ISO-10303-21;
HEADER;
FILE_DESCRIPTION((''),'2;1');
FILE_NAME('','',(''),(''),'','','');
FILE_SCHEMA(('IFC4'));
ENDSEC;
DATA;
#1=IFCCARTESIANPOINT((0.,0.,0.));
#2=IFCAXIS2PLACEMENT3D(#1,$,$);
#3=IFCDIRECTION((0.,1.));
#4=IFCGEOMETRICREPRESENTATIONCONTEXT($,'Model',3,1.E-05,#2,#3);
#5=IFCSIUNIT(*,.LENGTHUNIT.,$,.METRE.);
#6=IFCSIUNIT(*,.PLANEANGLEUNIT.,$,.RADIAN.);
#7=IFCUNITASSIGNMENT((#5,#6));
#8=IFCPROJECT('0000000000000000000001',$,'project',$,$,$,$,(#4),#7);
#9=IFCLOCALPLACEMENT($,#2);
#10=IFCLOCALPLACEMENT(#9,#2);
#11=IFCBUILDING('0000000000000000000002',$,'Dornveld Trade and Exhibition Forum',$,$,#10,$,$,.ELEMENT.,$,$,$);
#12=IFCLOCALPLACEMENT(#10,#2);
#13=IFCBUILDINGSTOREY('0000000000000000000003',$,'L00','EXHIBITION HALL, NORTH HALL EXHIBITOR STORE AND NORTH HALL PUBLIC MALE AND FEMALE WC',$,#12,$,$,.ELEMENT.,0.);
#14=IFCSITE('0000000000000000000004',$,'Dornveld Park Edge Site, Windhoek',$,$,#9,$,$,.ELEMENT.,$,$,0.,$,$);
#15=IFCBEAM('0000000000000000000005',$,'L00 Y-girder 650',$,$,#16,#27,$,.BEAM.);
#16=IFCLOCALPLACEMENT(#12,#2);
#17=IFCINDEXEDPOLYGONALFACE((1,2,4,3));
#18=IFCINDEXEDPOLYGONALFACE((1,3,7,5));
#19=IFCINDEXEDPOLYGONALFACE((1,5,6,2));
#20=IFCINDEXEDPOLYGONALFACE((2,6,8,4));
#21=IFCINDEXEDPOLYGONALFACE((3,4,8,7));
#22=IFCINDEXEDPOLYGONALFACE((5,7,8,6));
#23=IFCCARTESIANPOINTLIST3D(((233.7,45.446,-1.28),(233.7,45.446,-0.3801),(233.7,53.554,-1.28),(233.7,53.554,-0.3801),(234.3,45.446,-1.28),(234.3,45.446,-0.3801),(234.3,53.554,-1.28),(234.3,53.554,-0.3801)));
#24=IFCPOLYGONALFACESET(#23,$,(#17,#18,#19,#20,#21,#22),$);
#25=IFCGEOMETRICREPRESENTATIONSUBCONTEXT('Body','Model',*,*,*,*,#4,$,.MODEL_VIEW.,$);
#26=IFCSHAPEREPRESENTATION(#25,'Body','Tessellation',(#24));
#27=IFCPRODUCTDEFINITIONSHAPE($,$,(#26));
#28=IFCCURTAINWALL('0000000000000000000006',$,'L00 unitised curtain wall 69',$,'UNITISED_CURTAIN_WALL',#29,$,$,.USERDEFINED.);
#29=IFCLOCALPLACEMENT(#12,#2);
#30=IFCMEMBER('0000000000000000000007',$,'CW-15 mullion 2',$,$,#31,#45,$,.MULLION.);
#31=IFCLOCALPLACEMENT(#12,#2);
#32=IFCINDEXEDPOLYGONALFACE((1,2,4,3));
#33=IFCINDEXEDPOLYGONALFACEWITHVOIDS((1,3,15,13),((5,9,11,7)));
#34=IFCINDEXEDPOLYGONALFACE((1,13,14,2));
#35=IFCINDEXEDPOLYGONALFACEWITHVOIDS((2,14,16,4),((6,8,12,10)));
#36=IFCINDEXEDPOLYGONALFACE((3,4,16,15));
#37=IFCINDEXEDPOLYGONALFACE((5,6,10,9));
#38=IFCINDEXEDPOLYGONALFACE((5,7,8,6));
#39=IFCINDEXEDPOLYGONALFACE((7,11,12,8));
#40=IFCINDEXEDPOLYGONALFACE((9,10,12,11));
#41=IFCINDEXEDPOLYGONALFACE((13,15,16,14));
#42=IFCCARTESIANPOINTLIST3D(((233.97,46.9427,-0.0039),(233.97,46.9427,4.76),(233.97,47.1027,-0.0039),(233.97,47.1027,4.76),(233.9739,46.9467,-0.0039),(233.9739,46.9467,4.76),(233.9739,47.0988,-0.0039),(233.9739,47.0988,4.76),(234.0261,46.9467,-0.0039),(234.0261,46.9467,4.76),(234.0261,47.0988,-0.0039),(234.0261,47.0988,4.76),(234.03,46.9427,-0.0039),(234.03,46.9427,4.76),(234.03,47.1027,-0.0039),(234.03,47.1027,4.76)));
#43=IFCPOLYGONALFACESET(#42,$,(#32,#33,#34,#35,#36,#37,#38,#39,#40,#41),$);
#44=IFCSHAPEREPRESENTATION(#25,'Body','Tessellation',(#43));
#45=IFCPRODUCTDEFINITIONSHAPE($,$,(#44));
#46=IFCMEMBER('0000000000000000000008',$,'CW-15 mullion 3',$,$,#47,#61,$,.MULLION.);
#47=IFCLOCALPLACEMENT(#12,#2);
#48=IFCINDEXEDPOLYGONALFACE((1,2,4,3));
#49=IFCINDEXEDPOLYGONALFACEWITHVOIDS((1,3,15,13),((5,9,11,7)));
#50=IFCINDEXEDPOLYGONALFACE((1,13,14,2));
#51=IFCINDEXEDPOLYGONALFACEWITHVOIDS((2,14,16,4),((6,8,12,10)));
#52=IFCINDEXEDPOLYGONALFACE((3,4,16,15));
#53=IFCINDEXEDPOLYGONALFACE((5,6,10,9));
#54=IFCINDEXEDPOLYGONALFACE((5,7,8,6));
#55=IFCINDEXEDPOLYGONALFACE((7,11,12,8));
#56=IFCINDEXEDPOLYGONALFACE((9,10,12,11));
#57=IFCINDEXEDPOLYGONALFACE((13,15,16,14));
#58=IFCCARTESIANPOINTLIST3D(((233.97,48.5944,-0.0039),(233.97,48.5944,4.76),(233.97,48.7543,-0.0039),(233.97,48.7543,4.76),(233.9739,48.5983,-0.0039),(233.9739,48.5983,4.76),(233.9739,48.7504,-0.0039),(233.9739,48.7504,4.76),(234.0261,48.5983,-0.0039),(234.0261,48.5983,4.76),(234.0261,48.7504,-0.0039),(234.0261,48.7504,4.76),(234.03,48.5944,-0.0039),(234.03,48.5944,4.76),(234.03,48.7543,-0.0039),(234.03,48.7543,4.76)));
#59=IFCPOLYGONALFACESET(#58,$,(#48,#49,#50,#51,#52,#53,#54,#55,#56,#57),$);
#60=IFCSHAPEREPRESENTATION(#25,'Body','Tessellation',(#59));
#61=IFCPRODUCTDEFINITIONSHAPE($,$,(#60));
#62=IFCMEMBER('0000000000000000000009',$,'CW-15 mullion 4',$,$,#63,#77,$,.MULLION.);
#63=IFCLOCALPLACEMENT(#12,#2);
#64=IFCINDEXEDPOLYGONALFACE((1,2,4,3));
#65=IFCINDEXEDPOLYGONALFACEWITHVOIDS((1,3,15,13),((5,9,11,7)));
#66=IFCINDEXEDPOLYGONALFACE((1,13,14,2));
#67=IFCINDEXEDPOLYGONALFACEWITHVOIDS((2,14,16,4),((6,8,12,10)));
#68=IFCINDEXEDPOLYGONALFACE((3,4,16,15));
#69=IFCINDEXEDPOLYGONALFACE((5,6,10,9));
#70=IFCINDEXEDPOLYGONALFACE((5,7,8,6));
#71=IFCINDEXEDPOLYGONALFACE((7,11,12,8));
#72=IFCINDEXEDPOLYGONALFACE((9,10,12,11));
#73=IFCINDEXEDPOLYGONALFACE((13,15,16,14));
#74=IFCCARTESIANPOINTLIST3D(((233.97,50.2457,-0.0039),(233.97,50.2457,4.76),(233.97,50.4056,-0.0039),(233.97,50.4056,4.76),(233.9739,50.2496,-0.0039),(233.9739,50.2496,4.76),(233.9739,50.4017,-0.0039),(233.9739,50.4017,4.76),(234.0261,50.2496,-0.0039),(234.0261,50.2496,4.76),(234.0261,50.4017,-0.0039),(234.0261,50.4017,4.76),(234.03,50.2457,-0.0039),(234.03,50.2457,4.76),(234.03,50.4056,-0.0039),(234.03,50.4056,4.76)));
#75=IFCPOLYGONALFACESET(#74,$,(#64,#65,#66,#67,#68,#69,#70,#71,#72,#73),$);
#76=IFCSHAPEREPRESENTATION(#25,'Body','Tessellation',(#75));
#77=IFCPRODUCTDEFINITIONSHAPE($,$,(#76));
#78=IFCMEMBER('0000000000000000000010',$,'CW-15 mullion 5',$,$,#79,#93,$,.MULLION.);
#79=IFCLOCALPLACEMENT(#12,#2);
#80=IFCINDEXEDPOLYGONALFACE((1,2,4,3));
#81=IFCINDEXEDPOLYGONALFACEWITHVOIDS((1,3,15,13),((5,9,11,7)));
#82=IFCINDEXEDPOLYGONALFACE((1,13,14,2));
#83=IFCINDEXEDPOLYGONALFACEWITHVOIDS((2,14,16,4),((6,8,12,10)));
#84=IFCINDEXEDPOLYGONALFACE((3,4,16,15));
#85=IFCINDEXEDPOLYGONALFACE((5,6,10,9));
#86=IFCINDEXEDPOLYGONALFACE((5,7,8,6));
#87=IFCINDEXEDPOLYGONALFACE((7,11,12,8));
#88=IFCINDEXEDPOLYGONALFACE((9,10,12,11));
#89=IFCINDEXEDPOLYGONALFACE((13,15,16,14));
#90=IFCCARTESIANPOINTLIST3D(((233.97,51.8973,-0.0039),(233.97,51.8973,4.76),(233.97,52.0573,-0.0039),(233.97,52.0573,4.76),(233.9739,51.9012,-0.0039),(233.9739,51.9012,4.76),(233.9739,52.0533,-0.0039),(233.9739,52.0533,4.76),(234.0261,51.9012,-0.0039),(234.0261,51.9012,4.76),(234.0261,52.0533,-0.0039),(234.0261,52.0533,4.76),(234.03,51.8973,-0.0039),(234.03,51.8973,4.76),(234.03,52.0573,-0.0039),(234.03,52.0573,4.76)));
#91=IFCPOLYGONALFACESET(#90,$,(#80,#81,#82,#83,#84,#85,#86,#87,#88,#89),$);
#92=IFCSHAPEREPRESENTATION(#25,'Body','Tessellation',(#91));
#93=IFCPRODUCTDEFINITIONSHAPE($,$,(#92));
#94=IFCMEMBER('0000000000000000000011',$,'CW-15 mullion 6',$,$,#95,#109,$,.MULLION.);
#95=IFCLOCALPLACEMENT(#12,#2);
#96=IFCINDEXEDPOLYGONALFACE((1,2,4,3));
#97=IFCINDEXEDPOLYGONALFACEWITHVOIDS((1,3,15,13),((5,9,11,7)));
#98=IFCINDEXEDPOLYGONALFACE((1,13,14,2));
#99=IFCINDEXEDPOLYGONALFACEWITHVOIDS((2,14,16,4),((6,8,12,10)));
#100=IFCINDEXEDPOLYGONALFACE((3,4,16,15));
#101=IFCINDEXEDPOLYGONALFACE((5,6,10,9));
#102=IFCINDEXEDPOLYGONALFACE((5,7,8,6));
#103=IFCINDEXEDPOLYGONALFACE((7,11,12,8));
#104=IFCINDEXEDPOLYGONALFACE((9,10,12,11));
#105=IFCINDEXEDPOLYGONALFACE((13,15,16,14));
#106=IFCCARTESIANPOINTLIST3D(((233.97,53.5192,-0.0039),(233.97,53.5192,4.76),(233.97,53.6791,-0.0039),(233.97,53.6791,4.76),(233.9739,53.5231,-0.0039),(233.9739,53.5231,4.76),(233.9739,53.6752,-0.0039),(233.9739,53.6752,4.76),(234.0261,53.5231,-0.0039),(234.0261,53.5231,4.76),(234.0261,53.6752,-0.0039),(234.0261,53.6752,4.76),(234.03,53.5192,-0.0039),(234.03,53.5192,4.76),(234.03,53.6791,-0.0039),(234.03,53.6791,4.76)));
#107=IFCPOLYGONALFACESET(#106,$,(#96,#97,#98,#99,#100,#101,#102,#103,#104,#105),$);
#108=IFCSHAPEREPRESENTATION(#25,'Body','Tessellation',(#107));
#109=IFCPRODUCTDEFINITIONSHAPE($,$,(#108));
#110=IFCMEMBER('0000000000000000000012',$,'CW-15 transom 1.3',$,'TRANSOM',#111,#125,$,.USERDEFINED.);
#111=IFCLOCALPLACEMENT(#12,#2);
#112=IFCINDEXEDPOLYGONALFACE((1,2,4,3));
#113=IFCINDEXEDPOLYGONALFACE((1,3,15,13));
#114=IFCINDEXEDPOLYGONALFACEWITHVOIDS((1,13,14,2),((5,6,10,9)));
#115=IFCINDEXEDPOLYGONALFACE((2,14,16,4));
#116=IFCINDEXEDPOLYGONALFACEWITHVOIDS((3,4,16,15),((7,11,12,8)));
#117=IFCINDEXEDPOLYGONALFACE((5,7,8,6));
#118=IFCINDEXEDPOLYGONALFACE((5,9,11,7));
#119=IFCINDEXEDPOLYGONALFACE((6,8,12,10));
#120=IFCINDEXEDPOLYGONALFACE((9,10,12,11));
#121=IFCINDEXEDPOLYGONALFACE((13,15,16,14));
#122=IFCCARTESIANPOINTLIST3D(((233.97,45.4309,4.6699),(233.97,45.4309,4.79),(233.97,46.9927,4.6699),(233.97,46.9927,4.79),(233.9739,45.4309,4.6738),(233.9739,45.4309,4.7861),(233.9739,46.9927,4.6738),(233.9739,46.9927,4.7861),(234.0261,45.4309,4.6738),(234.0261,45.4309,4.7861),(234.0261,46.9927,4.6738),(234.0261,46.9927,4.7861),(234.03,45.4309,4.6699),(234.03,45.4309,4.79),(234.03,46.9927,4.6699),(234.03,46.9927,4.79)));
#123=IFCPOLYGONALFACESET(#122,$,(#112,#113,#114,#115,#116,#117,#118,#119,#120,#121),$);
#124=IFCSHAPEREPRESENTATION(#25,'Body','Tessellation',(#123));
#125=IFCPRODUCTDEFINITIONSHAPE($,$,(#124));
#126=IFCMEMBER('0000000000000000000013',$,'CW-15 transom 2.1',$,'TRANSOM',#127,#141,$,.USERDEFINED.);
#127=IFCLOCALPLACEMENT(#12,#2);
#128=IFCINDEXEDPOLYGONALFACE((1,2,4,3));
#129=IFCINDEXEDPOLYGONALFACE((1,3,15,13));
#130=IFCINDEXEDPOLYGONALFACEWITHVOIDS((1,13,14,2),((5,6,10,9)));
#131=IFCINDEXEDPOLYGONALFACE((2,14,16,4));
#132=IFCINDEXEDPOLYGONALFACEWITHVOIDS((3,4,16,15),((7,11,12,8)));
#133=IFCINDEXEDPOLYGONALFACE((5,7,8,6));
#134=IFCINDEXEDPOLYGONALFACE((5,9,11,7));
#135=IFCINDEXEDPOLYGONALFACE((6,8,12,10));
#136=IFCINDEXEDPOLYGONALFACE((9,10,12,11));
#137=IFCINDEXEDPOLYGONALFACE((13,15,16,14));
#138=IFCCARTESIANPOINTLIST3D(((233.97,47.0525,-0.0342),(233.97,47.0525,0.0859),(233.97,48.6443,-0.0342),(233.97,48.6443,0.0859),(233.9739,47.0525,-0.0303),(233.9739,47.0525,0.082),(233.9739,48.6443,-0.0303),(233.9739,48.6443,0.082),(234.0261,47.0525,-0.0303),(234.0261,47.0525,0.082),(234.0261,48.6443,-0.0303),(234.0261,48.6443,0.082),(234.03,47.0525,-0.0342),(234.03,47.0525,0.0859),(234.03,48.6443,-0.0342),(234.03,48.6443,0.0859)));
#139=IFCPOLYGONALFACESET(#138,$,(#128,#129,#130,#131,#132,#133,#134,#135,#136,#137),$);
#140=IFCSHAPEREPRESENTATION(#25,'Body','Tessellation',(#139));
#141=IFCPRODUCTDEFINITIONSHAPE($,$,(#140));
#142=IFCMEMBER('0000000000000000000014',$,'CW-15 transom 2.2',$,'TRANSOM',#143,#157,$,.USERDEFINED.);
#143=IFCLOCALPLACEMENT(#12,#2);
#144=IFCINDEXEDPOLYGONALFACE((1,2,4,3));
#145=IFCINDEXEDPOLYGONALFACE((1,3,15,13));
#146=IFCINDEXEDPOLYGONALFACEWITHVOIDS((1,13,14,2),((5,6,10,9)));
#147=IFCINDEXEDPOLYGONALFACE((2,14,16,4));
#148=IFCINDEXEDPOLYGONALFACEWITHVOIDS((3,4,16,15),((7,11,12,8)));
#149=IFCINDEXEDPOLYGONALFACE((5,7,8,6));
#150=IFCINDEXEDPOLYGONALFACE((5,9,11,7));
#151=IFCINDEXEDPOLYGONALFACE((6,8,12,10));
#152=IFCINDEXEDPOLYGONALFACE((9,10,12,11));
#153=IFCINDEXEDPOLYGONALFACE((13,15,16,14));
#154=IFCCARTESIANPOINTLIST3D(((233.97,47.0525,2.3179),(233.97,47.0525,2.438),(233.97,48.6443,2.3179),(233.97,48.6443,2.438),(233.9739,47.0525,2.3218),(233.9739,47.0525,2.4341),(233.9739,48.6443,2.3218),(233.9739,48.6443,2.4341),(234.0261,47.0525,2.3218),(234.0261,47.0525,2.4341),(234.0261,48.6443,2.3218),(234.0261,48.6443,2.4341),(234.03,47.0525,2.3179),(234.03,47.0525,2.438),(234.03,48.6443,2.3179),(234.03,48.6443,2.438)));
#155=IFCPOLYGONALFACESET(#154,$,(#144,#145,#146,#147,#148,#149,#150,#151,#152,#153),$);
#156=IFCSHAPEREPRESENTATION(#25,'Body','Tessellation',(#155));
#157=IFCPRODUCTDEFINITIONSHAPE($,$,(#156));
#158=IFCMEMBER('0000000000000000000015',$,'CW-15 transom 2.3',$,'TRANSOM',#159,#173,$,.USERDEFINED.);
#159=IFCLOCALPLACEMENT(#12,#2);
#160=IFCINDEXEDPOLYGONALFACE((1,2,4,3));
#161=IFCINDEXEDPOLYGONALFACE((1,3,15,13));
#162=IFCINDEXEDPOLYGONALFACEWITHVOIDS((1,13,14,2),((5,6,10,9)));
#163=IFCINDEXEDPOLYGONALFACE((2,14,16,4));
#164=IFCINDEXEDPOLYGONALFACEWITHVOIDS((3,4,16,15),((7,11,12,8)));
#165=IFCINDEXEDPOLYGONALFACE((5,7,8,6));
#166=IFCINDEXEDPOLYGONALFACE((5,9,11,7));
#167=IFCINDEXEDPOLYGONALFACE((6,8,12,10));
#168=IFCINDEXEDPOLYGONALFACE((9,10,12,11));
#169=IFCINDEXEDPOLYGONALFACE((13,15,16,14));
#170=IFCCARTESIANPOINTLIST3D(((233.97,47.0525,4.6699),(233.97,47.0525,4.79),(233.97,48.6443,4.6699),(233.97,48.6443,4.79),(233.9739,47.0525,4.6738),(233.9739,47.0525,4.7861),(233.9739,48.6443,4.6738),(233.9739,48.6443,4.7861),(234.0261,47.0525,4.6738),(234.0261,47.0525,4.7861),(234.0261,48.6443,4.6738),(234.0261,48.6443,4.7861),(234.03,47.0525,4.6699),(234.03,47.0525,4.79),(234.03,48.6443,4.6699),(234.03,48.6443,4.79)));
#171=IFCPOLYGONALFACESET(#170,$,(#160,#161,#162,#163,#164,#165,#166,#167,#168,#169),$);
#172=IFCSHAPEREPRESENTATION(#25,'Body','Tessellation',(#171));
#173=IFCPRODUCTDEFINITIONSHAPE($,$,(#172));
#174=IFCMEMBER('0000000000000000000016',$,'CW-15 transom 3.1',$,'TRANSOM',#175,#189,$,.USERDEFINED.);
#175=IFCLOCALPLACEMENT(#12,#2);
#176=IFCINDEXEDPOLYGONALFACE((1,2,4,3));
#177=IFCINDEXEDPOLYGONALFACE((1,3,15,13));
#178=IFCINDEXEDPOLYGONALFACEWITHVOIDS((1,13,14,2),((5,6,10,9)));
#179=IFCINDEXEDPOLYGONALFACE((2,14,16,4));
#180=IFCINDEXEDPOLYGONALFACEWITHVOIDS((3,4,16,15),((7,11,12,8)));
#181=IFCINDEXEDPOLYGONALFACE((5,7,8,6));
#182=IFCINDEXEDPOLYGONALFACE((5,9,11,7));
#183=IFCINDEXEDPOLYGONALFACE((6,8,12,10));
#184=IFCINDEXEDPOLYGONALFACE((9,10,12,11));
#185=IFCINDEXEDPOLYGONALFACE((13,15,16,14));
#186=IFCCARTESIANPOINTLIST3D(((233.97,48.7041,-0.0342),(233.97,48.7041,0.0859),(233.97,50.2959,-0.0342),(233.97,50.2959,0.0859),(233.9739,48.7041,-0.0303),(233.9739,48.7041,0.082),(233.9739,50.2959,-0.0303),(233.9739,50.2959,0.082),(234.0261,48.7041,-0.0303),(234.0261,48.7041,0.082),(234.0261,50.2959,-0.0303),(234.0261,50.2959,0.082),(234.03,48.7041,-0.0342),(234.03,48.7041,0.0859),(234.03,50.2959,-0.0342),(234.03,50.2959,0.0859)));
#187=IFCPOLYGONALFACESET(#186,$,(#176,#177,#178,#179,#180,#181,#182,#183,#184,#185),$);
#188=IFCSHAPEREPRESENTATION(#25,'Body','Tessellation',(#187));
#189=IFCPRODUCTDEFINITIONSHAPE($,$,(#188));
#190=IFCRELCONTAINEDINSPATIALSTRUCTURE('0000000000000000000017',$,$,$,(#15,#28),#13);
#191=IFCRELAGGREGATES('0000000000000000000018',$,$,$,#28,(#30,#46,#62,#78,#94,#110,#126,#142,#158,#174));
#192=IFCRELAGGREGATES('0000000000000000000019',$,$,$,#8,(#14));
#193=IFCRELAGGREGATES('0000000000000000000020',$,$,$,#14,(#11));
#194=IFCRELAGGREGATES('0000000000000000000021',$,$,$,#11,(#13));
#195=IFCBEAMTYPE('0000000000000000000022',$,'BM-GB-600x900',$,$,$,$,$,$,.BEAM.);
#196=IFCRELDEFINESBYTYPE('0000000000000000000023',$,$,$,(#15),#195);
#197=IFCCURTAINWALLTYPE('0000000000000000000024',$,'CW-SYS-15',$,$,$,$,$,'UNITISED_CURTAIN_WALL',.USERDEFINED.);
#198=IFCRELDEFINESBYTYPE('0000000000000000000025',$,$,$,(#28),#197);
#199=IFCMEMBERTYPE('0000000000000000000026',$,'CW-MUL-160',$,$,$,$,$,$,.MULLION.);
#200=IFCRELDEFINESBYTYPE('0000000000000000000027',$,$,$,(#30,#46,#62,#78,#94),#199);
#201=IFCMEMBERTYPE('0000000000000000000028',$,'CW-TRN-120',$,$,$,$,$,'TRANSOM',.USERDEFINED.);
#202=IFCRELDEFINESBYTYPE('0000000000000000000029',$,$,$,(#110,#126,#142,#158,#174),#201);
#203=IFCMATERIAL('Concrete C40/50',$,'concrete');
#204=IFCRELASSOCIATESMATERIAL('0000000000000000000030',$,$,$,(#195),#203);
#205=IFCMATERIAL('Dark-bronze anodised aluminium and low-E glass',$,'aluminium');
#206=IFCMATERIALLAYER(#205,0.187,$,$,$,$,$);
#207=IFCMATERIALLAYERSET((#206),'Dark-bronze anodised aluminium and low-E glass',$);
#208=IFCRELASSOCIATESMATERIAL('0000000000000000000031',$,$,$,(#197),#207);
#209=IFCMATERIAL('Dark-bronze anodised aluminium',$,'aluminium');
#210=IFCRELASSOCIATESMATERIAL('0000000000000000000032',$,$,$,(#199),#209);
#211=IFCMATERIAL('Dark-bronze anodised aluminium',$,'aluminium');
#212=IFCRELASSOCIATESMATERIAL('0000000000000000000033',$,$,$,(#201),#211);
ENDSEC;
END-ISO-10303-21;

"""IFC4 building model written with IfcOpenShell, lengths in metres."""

from ifc_helpers import new_model, si_unit, direction, frame, origin, origin_2d, place, context, subcontext, project, spatial, rectangle, hollow_rectangle, extrude, material, layer, layer_set, material_profile, profile_set, type_object, element, aggregate, save


model = new_model("IFC4")

# Units and contexts
model_context = context("Model", 3, precision=1e-05, world=origin(), true_north=direction((0.0, 1.0)))
body_context = subcontext(model_context, "Body", "Model", "MODEL_VIEW")
ifc_project = project(units=[si_unit("LENGTHUNIT", "METRE"), si_unit("PLANEANGLEUNIT", "RADIAN")], contexts=[model_context])

# Site, building, storey
site_placement = place(None, origin())
site = spatial("IfcSite", under=ifc_project, at=site_placement, Name="Dornveld Park Edge Site, Windhoek", CompositionType="ELEMENT", RefElevation=0.0)
building_placement = place(site_placement, origin())
building = spatial("IfcBuilding", under=site, at=building_placement, Name="Dornveld Trade and Exhibition Forum", CompositionType="ELEMENT")
storey_placement = place(building_placement, origin())
storey = spatial("IfcBuildingStorey", under=building, at=storey_placement, Name="L00", Description="EXHIBITION HALL, NORTH HALL EXHIBITOR STORE AND NORTH HALL PUBLIC MALE AND FEMALE WC", CompositionType="ELEMENT", Elevation=0.0)

# Beam
ifc_material_1 = material(Name="Concrete C40/50", Category="concrete")
ifc_material_profile_1 = material_profile(ifc_material_1, rectangle(XDim=0.6001, YDim=0.8999, at=origin_2d()), Name="RC-GB 600x900")
ifc_profile_set_1 = profile_set([ifc_material_profile_1], Name="Concrete C40/50")
beam_type = type_object("IfcBeamType", Name="BM-GB-600x900", PredefinedType="BEAM", material=ifc_profile_set_1)
beam_placement = place(storey_placement, frame((234.0, 45.446, -0.8301), z_axis=(0.0, 1.0, 0.0), x_axis=(-1.0, 0.0, 0.0)))
element("IfcBeam", 1, at=beam_placement, inside=storey, type_object=beam_type, Name="L00 Y-girder 650", PredefinedType="BEAM", context=body_context, shape_type="SweptSolid", body=[
    extrude(rectangle(XDim=0.6001, YDim=0.8999, at=origin_2d()), origin(), (0.0, 0.0, 1.0), 8.1079),
])

# Curtain wall, members
ifc_material_2 = material(Name="Dark-bronze anodised aluminium and low-E glass", Category="aluminium")
ifc_layer_1 = layer(ifc_material_2, 0.187)
ifc_layer_set_1 = layer_set([ifc_layer_1], Name="Dark-bronze anodised aluminium and low-E glass")
curtain_wall_type = type_object("IfcCurtainWallType", Name="CW-SYS-15", ElementType="UNITISED_CURTAIN_WALL", PredefinedType="USERDEFINED", material=ifc_layer_set_1)
curtain_wall_placement = place(storey_placement, origin())
curtain_wall = element("IfcCurtainWall", 2, at=curtain_wall_placement, inside=storey, type_object=curtain_wall_type, Name="L00 unitised curtain wall 69", ObjectType="UNITISED_CURTAIN_WALL", PredefinedType="USERDEFINED")
ifc_material_3 = material(Name="Dark-bronze anodised aluminium", Category="aluminium")
ifc_material_profile_2 = material_profile(ifc_material_3, hollow_rectangle(XDim=0.0601, YDim=0.1599, WallThickness=0.0039, at=origin_2d()), Name="RHS 160x60x4")
ifc_profile_set_2 = profile_set([ifc_material_profile_2], Name="Dark-bronze anodised aluminium")
member_type_1 = type_object("IfcMemberType", Name="CW-MUL-160", PredefinedType="MULLION", material=ifc_profile_set_2)
member_1_placement = place(storey_placement, frame((234.0, 47.0227, -0.0039), z_axis=(0.0, 0.0, 1.0), x_axis=(-1.0, 0.0, 0.0)))
member_1 = element("IfcMember", 3, at=member_1_placement, type_object=member_type_1, Name="CW-15 mullion 2", PredefinedType="MULLION", context=body_context, shape_type="SweptSolid", body=[
    extrude(hollow_rectangle(XDim=0.0601, YDim=0.1599, WallThickness=0.0039, at=origin_2d()), origin(), (0.0, 0.0, 1.0), 4.7639),
])
member_2_placement = place(storey_placement, frame((234.0, 48.6743, -0.0039), z_axis=(0.0, 0.0, 1.0), x_axis=(-1.0, 0.0, 0.0)))
member_2 = element("IfcMember", 4, at=member_2_placement, type_object=member_type_1, Name="CW-15 mullion 3", PredefinedType="MULLION", context=body_context, shape_type="SweptSolid", body=[
    extrude(hollow_rectangle(XDim=0.0601, YDim=0.1599, WallThickness=0.0039, at=origin_2d()), origin(), (0.0, 0.0, 1.0), 4.7639),
])
member_3_placement = place(storey_placement, frame((234.0, 50.3257, -0.0039), z_axis=(0.0, 0.0, 1.0), x_axis=(-1.0, 0.0, 0.0)))
member_3 = element("IfcMember", 5, at=member_3_placement, type_object=member_type_1, Name="CW-15 mullion 4", PredefinedType="MULLION", context=body_context, shape_type="SweptSolid", body=[
    extrude(hollow_rectangle(XDim=0.0601, YDim=0.1599, WallThickness=0.0039, at=origin_2d()), origin(), (0.0, 0.0, 1.0), 4.7639),
])
member_4_placement = place(storey_placement, frame((234.0, 51.9773, -0.0039), z_axis=(0.0, 0.0, 1.0), x_axis=(-1.0, 0.0, 0.0)))
member_4 = element("IfcMember", 6, at=member_4_placement, type_object=member_type_1, Name="CW-15 mullion 5", PredefinedType="MULLION", context=body_context, shape_type="SweptSolid", body=[
    extrude(hollow_rectangle(XDim=0.0601, YDim=0.1599, WallThickness=0.0039, at=origin_2d()), origin(), (0.0, 0.0, 1.0), 4.7639),
])
member_5_placement = place(storey_placement, frame((234.0, 53.5991, -0.0039), z_axis=(0.0, 0.0, 1.0), x_axis=(-1.0, 0.0, 0.0)))
member_5 = element("IfcMember", 7, at=member_5_placement, type_object=member_type_1, Name="CW-15 mullion 6", PredefinedType="MULLION", context=body_context, shape_type="SweptSolid", body=[
    extrude(hollow_rectangle(XDim=0.0601, YDim=0.1599, WallThickness=0.0039, at=origin_2d()), origin(), (0.0, 0.0, 1.0), 4.7639),
])
ifc_material_4 = material(Name="Dark-bronze anodised aluminium", Category="aluminium")
ifc_material_profile_3 = material_profile(ifc_material_4, hollow_rectangle(XDim=0.0601, YDim=0.1201, WallThickness=0.0039, at=origin_2d()), Name="RHS 120x60x4")
ifc_profile_set_3 = profile_set([ifc_material_profile_3], Name="Dark-bronze anodised aluminium")
member_type_2 = type_object("IfcMemberType", Name="CW-TRN-120", ElementType="TRANSOM", PredefinedType="USERDEFINED", material=ifc_profile_set_3)
member_6_placement = place(storey_placement, frame((234.0, 45.4309, 4.73), z_axis=(0.0, 1.0, 0.0), x_axis=(-1.0, 0.0, 0.0)))
member_6 = element("IfcMember", 8, at=member_6_placement, type_object=member_type_2, Name="CW-15 transom 1.3", ObjectType="TRANSOM", PredefinedType="USERDEFINED", context=body_context, shape_type="SweptSolid", body=[
    extrude(hollow_rectangle(XDim=0.0601, YDim=0.1201, WallThickness=0.0039, at=origin_2d()), origin(), (0.0, 0.0, 1.0), 1.5618),
])
member_7_placement = place(storey_placement, frame((234.0, 47.0525, 0.0259), z_axis=(0.0, 1.0, 0.0), x_axis=(-1.0, 0.0, 0.0)))
member_7 = element("IfcMember", 9, at=member_7_placement, type_object=member_type_2, Name="CW-15 transom 2.1", ObjectType="TRANSOM", PredefinedType="USERDEFINED", context=body_context, shape_type="SweptSolid", body=[
    extrude(hollow_rectangle(XDim=0.0601, YDim=0.1201, WallThickness=0.0039, at=origin_2d()), origin(), (0.0, 0.0, 1.0), 1.5918),
])
member_8_placement = place(storey_placement, frame((234.0, 47.0525, 2.3779), z_axis=(0.0, 1.0, 0.0), x_axis=(-1.0, 0.0, 0.0)))
member_8 = element("IfcMember", 10, at=member_8_placement, type_object=member_type_2, Name="CW-15 transom 2.2", ObjectType="TRANSOM", PredefinedType="USERDEFINED", context=body_context, shape_type="SweptSolid", body=[
    extrude(hollow_rectangle(XDim=0.0601, YDim=0.1201, WallThickness=0.0039, at=origin_2d()), origin(), (0.0, 0.0, 1.0), 1.5918),
])
member_9_placement = place(storey_placement, frame((234.0, 47.0525, 4.73), z_axis=(0.0, 1.0, 0.0), x_axis=(-1.0, 0.0, 0.0)))
member_9 = element("IfcMember", 11, at=member_9_placement, type_object=member_type_2, Name="CW-15 transom 2.3", ObjectType="TRANSOM", PredefinedType="USERDEFINED", context=body_context, shape_type="SweptSolid", body=[
    extrude(hollow_rectangle(XDim=0.0601, YDim=0.1201, WallThickness=0.0039, at=origin_2d()), origin(), (0.0, 0.0, 1.0), 1.5918),
])
member_10_placement = place(storey_placement, frame((234.0, 48.7041, 0.0259), z_axis=(0.0, 1.0, 0.0), x_axis=(-1.0, 0.0, 0.0)))
member_10 = element("IfcMember", 12, at=member_10_placement, type_object=member_type_2, Name="CW-15 transom 3.1", ObjectType="TRANSOM", PredefinedType="USERDEFINED", context=body_context, shape_type="SweptSolid", body=[
    extrude(hollow_rectangle(XDim=0.0601, YDim=0.1201, WallThickness=0.0039, at=origin_2d()), origin(), (0.0, 0.0, 1.0), 1.5918),
])
aggregate(curtain_wall, [member_1, member_2, member_3, member_4, member_5, member_6, member_7, member_8, member_9, member_10])

save(model, "model.ifc")
